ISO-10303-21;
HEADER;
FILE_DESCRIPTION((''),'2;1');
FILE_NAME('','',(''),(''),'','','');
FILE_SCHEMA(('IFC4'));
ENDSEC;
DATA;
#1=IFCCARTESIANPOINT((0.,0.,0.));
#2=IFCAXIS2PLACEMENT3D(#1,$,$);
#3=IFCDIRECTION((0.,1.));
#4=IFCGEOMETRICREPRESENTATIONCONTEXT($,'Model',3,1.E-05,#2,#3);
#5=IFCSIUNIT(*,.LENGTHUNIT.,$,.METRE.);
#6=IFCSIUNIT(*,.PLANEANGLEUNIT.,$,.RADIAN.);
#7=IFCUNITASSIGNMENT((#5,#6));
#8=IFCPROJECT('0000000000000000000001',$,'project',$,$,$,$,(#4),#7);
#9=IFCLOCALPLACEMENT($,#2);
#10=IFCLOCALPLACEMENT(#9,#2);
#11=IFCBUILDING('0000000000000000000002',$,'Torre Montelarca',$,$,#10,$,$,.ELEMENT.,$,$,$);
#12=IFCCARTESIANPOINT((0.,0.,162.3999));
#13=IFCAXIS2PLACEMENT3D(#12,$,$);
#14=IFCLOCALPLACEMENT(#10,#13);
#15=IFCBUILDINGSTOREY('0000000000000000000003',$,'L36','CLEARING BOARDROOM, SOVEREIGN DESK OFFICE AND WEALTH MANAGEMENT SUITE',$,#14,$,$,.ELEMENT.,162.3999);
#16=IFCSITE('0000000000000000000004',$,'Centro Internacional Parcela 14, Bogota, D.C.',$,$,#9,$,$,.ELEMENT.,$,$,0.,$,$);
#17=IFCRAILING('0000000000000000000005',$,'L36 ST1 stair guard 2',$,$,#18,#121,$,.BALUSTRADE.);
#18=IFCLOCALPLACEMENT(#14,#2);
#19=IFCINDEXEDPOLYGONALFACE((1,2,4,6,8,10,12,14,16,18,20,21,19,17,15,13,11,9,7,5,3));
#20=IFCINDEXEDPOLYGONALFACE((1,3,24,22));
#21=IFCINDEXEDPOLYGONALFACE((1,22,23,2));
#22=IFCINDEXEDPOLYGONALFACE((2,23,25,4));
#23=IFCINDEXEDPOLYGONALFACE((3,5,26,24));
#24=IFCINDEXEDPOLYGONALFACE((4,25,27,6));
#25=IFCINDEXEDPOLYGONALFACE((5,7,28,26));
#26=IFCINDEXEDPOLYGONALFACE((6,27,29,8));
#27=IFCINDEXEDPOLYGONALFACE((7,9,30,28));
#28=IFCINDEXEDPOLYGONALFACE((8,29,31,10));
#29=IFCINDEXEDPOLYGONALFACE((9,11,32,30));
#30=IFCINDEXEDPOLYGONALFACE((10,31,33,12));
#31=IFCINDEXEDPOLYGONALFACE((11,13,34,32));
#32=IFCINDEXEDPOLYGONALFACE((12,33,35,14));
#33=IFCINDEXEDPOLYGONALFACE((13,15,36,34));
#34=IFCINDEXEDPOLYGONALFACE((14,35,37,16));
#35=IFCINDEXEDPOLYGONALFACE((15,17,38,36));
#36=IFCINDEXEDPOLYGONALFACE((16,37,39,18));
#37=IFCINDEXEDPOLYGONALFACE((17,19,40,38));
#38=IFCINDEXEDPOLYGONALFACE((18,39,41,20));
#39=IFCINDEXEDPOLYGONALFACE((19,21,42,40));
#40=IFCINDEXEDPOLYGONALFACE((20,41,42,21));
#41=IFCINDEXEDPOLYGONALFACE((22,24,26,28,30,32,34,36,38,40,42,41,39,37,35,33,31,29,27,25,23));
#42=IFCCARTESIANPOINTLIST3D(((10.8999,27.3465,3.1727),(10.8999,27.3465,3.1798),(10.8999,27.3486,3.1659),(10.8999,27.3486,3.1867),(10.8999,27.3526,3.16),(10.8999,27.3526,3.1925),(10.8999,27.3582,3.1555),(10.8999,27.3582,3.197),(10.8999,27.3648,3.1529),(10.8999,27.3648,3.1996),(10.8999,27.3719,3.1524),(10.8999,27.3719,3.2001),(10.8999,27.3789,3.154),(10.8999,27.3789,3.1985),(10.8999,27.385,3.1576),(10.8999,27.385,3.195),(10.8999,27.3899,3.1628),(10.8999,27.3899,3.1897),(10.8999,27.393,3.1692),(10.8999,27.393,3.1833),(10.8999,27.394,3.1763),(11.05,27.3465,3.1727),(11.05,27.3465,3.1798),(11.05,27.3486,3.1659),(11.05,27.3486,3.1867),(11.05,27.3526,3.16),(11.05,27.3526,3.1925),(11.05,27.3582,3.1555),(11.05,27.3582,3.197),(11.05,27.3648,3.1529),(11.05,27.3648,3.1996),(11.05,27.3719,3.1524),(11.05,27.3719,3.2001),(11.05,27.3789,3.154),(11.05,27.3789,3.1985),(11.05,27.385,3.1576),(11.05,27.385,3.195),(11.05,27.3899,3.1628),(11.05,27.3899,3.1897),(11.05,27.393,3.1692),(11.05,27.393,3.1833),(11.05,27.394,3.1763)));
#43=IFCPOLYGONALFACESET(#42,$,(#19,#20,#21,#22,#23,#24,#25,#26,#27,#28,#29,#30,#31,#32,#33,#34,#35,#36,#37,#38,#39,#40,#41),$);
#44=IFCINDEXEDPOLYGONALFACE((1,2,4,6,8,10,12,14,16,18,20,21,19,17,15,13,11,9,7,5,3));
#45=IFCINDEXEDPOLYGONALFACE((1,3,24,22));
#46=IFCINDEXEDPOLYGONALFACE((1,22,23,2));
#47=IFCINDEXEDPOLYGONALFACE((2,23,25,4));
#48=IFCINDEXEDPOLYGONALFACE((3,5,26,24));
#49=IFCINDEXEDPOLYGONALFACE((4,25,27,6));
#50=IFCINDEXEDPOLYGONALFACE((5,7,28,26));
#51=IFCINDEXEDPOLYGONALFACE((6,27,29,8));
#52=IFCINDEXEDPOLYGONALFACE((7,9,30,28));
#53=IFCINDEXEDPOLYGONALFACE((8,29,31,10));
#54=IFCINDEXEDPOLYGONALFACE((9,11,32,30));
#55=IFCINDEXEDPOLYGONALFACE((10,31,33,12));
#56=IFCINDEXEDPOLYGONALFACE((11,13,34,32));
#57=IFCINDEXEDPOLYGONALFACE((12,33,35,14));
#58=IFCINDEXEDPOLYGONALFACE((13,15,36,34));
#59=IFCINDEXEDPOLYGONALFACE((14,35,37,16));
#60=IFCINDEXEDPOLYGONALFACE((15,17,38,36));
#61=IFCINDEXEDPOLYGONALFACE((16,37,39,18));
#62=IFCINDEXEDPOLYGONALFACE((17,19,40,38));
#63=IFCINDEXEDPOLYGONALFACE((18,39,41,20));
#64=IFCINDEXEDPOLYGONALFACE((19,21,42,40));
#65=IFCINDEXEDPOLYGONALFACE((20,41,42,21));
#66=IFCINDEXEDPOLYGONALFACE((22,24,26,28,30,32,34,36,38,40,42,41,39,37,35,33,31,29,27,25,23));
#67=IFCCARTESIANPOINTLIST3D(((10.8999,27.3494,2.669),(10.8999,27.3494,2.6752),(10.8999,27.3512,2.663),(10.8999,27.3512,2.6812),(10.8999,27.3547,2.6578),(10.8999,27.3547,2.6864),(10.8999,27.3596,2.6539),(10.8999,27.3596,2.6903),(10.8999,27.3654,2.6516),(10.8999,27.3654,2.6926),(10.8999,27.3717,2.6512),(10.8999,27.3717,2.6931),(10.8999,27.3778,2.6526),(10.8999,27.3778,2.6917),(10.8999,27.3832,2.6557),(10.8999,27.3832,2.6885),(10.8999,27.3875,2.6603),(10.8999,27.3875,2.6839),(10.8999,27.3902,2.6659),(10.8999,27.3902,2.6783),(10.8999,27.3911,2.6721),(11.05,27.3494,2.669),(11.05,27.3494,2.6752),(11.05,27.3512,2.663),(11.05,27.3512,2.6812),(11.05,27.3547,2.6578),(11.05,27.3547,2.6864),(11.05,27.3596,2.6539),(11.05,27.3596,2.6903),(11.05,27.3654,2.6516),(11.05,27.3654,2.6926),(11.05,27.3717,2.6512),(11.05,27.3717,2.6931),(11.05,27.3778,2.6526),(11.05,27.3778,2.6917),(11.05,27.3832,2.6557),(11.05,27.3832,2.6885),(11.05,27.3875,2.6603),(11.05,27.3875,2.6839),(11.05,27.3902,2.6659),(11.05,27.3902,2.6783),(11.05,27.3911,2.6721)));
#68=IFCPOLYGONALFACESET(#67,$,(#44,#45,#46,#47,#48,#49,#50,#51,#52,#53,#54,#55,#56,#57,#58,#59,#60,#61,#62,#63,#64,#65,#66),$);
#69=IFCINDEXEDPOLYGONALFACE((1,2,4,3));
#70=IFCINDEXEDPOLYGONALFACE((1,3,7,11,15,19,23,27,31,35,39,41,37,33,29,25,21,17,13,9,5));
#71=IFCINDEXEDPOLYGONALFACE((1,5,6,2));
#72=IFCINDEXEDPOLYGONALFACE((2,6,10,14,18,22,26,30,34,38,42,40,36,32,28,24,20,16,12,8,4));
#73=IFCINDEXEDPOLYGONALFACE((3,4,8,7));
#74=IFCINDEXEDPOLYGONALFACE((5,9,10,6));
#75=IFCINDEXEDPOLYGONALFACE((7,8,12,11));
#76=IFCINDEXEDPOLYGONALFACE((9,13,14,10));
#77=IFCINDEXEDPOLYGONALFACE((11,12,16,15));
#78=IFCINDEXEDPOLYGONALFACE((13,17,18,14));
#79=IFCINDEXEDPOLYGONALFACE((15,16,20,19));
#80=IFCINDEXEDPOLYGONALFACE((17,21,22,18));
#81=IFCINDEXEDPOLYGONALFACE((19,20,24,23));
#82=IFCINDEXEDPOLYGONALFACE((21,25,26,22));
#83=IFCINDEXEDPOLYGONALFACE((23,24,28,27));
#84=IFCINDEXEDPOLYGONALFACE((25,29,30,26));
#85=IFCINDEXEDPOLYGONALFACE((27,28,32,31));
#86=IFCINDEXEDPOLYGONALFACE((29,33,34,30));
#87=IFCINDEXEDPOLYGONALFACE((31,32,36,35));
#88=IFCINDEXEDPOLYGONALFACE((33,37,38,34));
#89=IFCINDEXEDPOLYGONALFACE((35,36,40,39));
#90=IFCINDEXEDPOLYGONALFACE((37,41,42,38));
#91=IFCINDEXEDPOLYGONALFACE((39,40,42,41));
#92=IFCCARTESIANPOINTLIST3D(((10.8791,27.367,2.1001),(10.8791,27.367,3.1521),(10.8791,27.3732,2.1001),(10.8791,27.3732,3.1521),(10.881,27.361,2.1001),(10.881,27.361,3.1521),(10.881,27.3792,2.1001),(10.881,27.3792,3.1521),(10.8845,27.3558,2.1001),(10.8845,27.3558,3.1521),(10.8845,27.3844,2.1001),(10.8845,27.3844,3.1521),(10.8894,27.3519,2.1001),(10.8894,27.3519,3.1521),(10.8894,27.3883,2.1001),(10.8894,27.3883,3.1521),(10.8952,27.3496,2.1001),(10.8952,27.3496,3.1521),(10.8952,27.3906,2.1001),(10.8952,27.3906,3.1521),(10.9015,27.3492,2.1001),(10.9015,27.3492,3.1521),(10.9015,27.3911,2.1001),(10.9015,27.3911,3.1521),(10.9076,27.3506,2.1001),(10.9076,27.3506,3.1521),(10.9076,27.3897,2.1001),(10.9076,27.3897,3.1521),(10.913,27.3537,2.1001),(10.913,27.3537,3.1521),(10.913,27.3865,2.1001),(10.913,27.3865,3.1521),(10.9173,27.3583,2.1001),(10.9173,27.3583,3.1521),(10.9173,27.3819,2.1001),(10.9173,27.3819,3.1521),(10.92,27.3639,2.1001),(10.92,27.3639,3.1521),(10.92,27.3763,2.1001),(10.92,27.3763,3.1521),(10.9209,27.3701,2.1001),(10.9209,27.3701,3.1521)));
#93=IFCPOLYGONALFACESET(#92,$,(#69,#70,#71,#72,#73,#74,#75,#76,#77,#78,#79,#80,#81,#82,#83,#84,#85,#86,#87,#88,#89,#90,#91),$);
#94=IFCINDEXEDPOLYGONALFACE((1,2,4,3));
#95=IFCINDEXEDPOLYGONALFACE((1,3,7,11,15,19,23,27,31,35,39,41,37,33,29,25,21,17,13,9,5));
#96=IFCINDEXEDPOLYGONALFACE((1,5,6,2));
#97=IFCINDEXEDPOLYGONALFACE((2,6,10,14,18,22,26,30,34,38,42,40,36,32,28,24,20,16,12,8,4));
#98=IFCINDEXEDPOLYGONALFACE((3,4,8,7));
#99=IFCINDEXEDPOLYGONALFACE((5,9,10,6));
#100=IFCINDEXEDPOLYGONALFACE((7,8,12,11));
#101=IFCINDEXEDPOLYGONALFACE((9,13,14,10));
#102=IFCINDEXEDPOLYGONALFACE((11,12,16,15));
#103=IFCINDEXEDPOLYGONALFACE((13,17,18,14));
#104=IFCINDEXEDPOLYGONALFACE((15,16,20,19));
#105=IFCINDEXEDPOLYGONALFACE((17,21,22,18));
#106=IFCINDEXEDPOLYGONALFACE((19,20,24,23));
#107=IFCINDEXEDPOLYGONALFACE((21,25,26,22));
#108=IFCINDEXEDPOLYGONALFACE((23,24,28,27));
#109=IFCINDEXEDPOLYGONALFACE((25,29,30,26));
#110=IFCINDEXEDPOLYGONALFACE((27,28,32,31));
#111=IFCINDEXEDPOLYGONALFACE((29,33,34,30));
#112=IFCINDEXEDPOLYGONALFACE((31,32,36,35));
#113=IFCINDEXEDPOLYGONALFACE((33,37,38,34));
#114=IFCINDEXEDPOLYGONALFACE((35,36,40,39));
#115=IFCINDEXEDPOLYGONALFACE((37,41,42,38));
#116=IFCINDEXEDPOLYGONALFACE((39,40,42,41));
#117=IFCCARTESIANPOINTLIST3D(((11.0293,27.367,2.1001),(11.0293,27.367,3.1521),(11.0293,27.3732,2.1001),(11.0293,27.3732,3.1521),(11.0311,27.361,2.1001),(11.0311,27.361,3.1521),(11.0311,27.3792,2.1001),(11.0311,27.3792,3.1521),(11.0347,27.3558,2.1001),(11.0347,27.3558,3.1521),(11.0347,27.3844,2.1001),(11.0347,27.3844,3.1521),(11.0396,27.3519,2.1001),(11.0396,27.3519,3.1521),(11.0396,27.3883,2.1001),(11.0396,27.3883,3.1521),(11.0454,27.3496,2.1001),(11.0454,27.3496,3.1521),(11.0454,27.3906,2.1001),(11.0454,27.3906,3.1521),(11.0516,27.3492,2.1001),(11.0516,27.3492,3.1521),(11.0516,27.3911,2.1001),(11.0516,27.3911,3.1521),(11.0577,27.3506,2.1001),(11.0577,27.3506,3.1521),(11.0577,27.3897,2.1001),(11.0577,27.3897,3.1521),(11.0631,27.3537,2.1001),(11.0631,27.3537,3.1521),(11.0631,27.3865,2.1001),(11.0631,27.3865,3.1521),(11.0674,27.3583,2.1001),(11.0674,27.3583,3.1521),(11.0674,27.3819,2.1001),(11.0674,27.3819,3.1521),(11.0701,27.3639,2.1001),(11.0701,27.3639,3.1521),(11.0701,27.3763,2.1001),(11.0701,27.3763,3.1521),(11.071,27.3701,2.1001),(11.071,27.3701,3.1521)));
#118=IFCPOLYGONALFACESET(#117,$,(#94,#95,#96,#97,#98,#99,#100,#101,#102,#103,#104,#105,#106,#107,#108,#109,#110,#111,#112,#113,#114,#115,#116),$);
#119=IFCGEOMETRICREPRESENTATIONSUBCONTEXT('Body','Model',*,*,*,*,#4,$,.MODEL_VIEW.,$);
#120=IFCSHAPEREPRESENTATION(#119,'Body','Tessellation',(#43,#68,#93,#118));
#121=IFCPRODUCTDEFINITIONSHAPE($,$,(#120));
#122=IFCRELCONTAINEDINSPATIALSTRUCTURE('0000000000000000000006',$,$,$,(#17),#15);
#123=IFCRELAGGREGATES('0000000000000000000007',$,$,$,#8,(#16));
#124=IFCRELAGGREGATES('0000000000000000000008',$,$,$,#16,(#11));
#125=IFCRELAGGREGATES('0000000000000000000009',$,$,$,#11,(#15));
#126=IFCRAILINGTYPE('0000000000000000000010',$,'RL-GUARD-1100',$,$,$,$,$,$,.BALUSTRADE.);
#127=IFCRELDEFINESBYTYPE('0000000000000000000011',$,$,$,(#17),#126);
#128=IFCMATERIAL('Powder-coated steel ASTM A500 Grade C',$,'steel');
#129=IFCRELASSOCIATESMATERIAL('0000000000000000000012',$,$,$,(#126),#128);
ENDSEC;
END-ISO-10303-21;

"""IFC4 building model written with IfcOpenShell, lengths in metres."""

from ifc_helpers import new_model, si_unit, direction, frame, origin, origin_2d, place, context, subcontext, project, spatial, circle, extrude, material, type_object, element, save


model = new_model("IFC4")

# Units and contexts
model_context = context("Model", 3, precision=1e-05, world=origin(), true_north=direction((0.0, 1.0)))
body_context = subcontext(model_context, "Body", "Model", "MODEL_VIEW")
ifc_project = project(units=[si_unit("LENGTHUNIT", "METRE"), si_unit("PLANEANGLEUNIT", "RADIAN")], contexts=[model_context])

# Site, building, storey
site_placement = place(None, origin())
site = spatial("IfcSite", under=ifc_project, at=site_placement, Name="Centro Internacional Parcela 14, Bogota, D.C.", CompositionType="ELEMENT", RefElevation=0.0)
building_placement = place(site_placement, origin())
building = spatial("IfcBuilding", under=site, at=building_placement, Name="Torre Montelarca", CompositionType="ELEMENT")
storey_placement = place(building_placement, frame((0.0, 0.0, 162.3999)))
storey = spatial("IfcBuildingStorey", under=building, at=storey_placement, Name="L36", Description="CLEARING BOARDROOM, SOVEREIGN DESK OFFICE AND WEALTH MANAGEMENT SUITE", CompositionType="ELEMENT", Elevation=162.3999)

# Railing
ifc_material_1 = material(Name="Powder-coated steel ASTM A500 Grade C", Category="steel")
railing_type_1 = type_object("IfcRailingType", Name="RL-GUARD-1100", PredefinedType="BALUSTRADE", material=ifc_material_1)
railing_1_placement = place(storey_placement, frame((10.8999, 27.3701, 2.1001)))
element("IfcRailing", 1, at=railing_1_placement, inside=storey, type_object=railing_type_1, Name="L36 ST1 stair guard 2", PredefinedType="BALUSTRADE", context=body_context, shape_type="SweptSolid", body=[
    extrude(circle(Radius=0.0239, at=origin_2d()), frame((0.0, 0.0, 1.0762), z_axis=(1.0, 0.0, 0.0), x_axis=(0.0, 1.0, 0.0)), (0.0, 0.0, 1.0), 0.1501),
    extrude(circle(Radius=0.021, at=origin_2d()), frame((0.0, 0.0, 0.572), z_axis=(1.0, 0.0, 0.0), x_axis=(0.0, 1.0, 0.0)), (0.0, 0.0, 1.0), 0.1501),
    extrude(circle(Radius=0.021, at=origin_2d()), origin(), (0.0, 0.0, 1.0), 1.052),
    extrude(circle(Radius=0.021, at=origin_2d()), frame((0.1501, 0.0, 0.0)), (0.0, 0.0, 1.0), 1.052),
])

save(model, "model.ifc")
